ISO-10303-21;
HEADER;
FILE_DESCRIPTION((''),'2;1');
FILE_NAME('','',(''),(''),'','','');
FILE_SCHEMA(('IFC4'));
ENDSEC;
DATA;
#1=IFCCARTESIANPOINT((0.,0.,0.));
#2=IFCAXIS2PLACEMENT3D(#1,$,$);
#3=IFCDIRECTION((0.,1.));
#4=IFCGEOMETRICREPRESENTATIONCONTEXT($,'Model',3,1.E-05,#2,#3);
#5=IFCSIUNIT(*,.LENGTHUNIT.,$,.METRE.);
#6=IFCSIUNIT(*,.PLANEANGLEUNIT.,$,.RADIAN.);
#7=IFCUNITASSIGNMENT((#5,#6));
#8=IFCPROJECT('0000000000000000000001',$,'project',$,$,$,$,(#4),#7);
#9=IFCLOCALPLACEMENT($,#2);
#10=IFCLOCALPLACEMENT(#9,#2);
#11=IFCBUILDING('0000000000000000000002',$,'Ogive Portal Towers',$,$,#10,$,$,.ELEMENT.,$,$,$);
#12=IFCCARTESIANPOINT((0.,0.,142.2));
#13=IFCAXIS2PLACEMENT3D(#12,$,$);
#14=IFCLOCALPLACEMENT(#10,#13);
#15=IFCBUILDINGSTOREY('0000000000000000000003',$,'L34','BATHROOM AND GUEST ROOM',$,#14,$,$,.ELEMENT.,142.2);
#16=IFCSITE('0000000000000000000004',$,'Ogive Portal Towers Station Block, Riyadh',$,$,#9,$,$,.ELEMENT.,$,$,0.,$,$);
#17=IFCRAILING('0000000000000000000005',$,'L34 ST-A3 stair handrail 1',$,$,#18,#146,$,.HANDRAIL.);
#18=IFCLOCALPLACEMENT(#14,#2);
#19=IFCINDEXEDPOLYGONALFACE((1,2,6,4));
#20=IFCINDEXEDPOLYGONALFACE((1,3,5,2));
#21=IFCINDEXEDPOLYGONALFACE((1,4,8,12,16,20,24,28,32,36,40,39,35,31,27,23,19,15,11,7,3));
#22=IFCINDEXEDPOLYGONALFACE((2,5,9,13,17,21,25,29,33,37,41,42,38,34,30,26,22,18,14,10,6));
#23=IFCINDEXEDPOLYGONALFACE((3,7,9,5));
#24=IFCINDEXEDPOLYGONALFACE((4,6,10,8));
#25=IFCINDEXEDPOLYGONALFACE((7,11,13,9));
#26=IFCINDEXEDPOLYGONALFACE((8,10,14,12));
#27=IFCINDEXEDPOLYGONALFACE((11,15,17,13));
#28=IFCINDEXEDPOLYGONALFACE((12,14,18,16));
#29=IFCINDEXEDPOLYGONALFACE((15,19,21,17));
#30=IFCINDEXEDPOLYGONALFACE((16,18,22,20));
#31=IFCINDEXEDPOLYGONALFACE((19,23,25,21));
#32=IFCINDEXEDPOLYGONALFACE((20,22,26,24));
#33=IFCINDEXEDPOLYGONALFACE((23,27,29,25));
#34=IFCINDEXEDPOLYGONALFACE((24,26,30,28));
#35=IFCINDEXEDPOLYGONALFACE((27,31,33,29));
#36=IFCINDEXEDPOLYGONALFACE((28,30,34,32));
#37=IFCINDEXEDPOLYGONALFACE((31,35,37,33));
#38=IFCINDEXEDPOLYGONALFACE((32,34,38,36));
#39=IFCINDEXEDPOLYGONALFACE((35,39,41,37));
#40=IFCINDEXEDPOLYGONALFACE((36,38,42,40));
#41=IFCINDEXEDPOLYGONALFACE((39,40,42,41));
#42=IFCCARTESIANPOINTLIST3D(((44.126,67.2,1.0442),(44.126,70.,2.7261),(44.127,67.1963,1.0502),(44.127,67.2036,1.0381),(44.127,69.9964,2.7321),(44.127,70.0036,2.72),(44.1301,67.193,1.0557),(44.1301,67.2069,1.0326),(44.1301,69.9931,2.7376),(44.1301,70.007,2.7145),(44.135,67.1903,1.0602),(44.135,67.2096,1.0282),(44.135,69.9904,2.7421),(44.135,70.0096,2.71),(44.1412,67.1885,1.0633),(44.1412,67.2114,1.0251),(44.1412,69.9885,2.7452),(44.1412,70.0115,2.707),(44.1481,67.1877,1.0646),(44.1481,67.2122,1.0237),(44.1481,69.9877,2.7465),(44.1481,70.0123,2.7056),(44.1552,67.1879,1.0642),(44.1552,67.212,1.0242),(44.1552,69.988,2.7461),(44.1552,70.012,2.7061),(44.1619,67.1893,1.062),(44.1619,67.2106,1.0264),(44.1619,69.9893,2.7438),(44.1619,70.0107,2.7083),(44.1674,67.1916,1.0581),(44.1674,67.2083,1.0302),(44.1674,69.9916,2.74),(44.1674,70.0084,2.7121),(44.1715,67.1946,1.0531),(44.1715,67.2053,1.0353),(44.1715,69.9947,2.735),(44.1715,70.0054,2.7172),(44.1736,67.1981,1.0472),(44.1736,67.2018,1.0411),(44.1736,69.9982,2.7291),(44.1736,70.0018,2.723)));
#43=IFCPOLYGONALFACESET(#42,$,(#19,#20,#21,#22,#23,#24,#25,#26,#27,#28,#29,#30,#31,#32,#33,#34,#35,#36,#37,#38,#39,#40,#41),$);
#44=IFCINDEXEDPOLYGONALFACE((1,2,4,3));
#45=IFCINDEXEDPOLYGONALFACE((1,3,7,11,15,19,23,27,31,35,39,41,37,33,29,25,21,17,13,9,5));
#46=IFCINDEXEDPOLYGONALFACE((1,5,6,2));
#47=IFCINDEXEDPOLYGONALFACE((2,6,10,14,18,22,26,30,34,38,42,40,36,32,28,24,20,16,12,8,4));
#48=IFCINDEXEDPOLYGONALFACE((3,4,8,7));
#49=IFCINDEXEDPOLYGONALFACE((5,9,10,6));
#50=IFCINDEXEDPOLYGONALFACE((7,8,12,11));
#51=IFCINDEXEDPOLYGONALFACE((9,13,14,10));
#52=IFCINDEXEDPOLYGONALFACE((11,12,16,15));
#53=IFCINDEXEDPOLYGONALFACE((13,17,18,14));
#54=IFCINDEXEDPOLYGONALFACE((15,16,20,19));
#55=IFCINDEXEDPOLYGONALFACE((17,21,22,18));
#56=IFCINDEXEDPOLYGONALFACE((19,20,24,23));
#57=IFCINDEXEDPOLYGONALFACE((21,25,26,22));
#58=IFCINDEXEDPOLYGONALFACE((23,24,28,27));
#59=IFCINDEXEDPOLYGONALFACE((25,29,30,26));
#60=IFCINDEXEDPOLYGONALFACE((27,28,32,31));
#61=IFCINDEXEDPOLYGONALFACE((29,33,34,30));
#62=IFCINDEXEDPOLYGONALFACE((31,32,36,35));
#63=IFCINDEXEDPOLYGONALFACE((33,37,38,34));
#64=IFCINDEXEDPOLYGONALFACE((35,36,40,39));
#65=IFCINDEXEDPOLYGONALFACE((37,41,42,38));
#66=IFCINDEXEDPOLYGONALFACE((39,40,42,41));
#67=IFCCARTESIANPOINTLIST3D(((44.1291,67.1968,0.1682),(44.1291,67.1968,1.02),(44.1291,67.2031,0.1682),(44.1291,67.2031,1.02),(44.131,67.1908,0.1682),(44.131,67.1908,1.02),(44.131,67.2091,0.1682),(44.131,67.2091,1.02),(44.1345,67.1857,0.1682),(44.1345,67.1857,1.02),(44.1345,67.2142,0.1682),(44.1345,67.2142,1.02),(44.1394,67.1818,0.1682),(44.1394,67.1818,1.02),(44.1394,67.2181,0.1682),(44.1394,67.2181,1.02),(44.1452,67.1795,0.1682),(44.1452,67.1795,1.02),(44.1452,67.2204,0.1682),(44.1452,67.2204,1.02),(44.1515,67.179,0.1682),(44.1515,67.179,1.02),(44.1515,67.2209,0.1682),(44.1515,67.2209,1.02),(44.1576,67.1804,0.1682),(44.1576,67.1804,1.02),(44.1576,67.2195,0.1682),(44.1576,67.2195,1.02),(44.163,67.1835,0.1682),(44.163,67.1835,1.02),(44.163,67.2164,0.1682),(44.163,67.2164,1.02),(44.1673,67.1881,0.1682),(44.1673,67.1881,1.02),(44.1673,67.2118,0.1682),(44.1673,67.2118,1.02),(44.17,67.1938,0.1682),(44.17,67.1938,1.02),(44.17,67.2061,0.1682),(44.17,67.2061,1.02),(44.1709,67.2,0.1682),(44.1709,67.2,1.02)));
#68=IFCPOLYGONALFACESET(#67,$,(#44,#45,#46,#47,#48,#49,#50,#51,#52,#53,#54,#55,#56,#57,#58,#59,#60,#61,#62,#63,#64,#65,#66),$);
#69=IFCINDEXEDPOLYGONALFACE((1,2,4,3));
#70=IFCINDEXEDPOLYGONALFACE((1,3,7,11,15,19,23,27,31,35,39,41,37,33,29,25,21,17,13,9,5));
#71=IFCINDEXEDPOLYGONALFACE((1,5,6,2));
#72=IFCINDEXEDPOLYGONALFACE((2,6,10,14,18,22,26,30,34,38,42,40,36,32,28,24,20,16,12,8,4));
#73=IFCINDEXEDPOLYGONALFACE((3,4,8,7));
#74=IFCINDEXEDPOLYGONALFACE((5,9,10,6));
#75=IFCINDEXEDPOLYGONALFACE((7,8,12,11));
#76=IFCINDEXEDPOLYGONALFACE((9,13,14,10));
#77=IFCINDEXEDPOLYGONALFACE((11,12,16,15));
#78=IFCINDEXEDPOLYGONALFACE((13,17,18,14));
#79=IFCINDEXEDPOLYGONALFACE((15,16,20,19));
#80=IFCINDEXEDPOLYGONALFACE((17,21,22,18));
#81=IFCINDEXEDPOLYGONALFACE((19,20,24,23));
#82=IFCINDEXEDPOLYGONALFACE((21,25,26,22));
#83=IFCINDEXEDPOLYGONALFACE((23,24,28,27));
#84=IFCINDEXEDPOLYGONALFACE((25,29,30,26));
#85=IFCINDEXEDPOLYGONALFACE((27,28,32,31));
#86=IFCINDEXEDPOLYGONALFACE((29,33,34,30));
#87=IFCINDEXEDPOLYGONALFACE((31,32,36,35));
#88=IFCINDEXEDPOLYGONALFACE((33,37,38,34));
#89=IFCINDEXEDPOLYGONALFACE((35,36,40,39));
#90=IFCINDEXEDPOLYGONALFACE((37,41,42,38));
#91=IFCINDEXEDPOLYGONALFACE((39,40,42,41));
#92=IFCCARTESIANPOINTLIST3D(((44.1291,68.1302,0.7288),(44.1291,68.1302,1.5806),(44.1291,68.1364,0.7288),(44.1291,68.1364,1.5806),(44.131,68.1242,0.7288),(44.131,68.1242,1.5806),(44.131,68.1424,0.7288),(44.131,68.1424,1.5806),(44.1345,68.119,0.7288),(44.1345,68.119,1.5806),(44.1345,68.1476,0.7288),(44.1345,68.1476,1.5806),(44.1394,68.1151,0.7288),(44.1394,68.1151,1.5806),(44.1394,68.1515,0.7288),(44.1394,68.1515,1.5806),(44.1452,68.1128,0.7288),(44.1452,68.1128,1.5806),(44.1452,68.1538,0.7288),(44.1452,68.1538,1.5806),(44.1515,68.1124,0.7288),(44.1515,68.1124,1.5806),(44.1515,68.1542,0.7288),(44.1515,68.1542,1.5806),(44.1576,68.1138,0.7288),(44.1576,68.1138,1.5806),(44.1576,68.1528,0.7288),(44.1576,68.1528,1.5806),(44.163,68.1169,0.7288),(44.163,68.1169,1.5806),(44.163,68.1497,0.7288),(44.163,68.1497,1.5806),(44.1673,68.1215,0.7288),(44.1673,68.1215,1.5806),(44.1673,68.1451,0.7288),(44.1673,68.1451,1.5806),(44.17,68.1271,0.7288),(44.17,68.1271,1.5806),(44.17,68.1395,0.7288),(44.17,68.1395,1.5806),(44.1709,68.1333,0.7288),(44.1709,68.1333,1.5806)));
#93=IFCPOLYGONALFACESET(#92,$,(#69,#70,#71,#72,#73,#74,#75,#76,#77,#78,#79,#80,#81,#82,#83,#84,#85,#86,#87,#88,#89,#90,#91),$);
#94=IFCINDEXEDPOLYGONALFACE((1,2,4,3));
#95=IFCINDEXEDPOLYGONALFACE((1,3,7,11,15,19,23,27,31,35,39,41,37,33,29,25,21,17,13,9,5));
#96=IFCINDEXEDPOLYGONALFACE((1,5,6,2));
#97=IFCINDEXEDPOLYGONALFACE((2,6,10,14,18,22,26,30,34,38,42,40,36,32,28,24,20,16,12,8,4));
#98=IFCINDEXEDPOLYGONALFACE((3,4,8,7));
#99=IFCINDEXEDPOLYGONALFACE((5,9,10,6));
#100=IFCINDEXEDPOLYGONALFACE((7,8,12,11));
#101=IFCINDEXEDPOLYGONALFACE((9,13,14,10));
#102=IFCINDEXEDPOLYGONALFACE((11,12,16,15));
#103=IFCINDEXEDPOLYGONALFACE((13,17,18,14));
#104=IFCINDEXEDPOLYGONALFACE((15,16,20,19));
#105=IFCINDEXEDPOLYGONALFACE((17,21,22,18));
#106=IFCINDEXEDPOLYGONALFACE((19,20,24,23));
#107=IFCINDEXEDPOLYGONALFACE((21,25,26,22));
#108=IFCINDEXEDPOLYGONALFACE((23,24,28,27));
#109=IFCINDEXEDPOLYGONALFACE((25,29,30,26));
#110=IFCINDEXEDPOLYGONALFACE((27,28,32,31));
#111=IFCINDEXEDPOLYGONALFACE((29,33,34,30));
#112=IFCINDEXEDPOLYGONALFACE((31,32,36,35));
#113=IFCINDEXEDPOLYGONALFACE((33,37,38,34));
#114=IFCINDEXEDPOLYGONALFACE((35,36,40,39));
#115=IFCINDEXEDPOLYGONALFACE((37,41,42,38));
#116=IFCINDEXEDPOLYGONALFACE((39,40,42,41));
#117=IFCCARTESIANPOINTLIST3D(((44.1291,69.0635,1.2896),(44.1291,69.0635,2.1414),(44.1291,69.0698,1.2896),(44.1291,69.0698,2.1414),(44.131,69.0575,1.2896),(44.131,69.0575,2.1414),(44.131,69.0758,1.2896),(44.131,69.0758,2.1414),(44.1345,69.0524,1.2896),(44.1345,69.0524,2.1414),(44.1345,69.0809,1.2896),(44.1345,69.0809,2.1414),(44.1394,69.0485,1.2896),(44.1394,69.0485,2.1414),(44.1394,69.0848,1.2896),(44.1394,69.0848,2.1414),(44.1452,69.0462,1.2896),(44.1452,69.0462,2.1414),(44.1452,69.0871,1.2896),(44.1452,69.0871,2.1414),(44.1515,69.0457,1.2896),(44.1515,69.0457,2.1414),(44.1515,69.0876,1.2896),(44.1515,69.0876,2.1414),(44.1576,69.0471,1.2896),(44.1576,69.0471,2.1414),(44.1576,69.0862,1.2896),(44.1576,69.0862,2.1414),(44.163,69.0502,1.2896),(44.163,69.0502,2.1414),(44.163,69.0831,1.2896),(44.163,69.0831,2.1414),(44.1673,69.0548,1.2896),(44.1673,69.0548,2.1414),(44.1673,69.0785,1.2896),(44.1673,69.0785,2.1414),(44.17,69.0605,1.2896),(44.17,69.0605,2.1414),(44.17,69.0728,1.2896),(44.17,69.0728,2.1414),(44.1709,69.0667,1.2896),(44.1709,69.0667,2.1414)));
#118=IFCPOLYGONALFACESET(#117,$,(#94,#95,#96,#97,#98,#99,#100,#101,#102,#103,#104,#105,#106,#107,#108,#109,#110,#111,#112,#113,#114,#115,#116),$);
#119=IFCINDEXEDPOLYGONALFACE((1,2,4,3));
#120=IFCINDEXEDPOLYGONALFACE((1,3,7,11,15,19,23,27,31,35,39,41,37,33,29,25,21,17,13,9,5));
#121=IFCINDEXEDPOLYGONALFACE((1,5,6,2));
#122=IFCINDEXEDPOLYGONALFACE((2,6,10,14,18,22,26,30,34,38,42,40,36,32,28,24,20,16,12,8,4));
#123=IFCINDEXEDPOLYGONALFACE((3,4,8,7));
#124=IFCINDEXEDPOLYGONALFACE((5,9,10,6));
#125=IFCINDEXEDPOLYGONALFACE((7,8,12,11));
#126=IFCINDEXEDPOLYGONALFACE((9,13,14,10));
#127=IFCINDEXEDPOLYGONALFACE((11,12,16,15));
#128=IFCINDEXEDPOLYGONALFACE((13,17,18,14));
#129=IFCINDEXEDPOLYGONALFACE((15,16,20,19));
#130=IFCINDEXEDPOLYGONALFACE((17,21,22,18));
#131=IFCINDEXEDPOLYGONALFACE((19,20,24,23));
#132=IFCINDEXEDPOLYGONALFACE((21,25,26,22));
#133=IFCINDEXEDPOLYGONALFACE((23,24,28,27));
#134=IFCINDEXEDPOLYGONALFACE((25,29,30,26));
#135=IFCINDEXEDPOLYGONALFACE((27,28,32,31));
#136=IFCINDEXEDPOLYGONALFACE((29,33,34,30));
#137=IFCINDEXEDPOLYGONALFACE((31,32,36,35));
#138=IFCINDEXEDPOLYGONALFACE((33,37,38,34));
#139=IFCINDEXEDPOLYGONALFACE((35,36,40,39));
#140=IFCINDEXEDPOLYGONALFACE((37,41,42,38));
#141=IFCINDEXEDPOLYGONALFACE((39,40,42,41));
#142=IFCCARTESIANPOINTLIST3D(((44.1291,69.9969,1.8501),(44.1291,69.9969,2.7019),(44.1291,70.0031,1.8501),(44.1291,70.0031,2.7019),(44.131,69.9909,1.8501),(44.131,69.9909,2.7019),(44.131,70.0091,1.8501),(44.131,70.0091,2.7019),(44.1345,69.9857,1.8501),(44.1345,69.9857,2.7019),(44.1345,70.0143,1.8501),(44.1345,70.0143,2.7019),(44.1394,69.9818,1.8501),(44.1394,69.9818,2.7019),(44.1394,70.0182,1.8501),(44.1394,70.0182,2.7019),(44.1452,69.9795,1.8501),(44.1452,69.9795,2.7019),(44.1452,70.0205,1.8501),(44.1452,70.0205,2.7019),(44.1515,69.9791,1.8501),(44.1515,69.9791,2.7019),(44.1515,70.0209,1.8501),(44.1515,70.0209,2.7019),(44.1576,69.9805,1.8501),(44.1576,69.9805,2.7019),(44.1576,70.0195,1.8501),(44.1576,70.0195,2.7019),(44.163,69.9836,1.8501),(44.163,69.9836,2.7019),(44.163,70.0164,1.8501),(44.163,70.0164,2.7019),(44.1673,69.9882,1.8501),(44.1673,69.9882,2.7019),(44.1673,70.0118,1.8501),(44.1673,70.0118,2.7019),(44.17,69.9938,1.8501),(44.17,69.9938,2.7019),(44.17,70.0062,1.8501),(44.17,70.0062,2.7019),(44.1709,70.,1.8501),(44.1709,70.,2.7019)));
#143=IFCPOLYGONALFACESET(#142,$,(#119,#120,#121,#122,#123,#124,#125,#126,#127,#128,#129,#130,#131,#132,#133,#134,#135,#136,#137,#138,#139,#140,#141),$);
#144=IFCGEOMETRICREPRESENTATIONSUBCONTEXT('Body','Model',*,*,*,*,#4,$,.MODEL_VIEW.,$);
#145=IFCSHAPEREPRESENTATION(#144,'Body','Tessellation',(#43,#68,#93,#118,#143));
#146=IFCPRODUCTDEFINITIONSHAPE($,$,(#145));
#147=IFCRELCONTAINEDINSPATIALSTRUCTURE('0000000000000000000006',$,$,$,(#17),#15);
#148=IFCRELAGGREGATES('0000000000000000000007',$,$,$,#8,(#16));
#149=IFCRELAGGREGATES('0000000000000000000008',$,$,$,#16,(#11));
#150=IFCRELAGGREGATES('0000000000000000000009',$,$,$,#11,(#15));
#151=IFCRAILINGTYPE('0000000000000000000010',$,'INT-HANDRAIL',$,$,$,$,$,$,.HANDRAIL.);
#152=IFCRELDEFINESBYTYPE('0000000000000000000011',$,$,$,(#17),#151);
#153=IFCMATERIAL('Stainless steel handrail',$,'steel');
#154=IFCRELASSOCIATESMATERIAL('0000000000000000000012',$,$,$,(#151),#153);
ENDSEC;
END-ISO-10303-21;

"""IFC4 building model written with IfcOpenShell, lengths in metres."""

from ifc_helpers import new_model, si_unit, direction, frame, origin, origin_2d, place, context, subcontext, project, spatial, circle, extrude, material, type_object, element, save


model = new_model("IFC4")

# Units and contexts
model_context = context("Model", 3, precision=1e-05, world=origin(), true_north=direction((0.0, 1.0)))
body_context = subcontext(model_context, "Body", "Model", "MODEL_VIEW")
ifc_project = project(units=[si_unit("LENGTHUNIT", "METRE"), si_unit("PLANEANGLEUNIT", "RADIAN")], contexts=[model_context])

# Site, building, storey
site_placement = place(None, origin())
site = spatial("IfcSite", under=ifc_project, at=site_placement, Name="Ogive Portal Towers Station Block, Riyadh", CompositionType="ELEMENT", RefElevation=0.0)
building_placement = place(site_placement, origin())
building = spatial("IfcBuilding", under=site, at=building_placement, Name="Ogive Portal Towers", CompositionType="ELEMENT")
storey_placement = place(building_placement, frame((0.0, 0.0, 142.2)))
storey = spatial("IfcBuildingStorey", under=building, at=storey_placement, Name="L34", Description="BATHROOM AND GUEST ROOM", CompositionType="ELEMENT", Elevation=142.2)

# Railing
ifc_material_1 = material(Name="Stainless steel handrail", Category="steel")
railing_type_1 = type_object("IfcRailingType", Name="INT-HANDRAIL", PredefinedType="HANDRAIL", material=ifc_material_1)
railing_1_placement = place(storey_placement, frame((44.1499, 67.2, 0.1682)))
element("IfcRailing", 1, at=railing_1_placement, inside=storey, type_object=railing_type_1, Name="L34 ST-A3 stair handrail 1", PredefinedType="HANDRAIL", context=body_context, shape_type="SweptSolid", body=[
    extrude(circle(Radius=0.0239, at=origin_2d()), frame((0.0, 0.0, 0.876), z_axis=(0.0, 0.857242, 0.514913), x_axis=(-1.0, 0.0, 0.0)), (0.0, 0.0, 1.0), 3.2664),
    extrude(circle(Radius=0.021, at=origin_2d()), origin(), (0.0, 0.0, 1.0), 0.8518),
    extrude(circle(Radius=0.021, at=origin_2d()), frame((0.0, 0.9333, 0.5605)), (0.0, 0.0, 1.0), 0.8518),
    extrude(circle(Radius=0.021, at=origin_2d()), frame((0.0, 1.8667, 1.1213)), (0.0, 0.0, 1.0), 0.8518),
    extrude(circle(Radius=0.021, at=origin_2d()), frame((0.0, 2.8, 1.6819)), (0.0, 0.0, 1.0), 0.8518),
])

save(model, "model.ifc")
